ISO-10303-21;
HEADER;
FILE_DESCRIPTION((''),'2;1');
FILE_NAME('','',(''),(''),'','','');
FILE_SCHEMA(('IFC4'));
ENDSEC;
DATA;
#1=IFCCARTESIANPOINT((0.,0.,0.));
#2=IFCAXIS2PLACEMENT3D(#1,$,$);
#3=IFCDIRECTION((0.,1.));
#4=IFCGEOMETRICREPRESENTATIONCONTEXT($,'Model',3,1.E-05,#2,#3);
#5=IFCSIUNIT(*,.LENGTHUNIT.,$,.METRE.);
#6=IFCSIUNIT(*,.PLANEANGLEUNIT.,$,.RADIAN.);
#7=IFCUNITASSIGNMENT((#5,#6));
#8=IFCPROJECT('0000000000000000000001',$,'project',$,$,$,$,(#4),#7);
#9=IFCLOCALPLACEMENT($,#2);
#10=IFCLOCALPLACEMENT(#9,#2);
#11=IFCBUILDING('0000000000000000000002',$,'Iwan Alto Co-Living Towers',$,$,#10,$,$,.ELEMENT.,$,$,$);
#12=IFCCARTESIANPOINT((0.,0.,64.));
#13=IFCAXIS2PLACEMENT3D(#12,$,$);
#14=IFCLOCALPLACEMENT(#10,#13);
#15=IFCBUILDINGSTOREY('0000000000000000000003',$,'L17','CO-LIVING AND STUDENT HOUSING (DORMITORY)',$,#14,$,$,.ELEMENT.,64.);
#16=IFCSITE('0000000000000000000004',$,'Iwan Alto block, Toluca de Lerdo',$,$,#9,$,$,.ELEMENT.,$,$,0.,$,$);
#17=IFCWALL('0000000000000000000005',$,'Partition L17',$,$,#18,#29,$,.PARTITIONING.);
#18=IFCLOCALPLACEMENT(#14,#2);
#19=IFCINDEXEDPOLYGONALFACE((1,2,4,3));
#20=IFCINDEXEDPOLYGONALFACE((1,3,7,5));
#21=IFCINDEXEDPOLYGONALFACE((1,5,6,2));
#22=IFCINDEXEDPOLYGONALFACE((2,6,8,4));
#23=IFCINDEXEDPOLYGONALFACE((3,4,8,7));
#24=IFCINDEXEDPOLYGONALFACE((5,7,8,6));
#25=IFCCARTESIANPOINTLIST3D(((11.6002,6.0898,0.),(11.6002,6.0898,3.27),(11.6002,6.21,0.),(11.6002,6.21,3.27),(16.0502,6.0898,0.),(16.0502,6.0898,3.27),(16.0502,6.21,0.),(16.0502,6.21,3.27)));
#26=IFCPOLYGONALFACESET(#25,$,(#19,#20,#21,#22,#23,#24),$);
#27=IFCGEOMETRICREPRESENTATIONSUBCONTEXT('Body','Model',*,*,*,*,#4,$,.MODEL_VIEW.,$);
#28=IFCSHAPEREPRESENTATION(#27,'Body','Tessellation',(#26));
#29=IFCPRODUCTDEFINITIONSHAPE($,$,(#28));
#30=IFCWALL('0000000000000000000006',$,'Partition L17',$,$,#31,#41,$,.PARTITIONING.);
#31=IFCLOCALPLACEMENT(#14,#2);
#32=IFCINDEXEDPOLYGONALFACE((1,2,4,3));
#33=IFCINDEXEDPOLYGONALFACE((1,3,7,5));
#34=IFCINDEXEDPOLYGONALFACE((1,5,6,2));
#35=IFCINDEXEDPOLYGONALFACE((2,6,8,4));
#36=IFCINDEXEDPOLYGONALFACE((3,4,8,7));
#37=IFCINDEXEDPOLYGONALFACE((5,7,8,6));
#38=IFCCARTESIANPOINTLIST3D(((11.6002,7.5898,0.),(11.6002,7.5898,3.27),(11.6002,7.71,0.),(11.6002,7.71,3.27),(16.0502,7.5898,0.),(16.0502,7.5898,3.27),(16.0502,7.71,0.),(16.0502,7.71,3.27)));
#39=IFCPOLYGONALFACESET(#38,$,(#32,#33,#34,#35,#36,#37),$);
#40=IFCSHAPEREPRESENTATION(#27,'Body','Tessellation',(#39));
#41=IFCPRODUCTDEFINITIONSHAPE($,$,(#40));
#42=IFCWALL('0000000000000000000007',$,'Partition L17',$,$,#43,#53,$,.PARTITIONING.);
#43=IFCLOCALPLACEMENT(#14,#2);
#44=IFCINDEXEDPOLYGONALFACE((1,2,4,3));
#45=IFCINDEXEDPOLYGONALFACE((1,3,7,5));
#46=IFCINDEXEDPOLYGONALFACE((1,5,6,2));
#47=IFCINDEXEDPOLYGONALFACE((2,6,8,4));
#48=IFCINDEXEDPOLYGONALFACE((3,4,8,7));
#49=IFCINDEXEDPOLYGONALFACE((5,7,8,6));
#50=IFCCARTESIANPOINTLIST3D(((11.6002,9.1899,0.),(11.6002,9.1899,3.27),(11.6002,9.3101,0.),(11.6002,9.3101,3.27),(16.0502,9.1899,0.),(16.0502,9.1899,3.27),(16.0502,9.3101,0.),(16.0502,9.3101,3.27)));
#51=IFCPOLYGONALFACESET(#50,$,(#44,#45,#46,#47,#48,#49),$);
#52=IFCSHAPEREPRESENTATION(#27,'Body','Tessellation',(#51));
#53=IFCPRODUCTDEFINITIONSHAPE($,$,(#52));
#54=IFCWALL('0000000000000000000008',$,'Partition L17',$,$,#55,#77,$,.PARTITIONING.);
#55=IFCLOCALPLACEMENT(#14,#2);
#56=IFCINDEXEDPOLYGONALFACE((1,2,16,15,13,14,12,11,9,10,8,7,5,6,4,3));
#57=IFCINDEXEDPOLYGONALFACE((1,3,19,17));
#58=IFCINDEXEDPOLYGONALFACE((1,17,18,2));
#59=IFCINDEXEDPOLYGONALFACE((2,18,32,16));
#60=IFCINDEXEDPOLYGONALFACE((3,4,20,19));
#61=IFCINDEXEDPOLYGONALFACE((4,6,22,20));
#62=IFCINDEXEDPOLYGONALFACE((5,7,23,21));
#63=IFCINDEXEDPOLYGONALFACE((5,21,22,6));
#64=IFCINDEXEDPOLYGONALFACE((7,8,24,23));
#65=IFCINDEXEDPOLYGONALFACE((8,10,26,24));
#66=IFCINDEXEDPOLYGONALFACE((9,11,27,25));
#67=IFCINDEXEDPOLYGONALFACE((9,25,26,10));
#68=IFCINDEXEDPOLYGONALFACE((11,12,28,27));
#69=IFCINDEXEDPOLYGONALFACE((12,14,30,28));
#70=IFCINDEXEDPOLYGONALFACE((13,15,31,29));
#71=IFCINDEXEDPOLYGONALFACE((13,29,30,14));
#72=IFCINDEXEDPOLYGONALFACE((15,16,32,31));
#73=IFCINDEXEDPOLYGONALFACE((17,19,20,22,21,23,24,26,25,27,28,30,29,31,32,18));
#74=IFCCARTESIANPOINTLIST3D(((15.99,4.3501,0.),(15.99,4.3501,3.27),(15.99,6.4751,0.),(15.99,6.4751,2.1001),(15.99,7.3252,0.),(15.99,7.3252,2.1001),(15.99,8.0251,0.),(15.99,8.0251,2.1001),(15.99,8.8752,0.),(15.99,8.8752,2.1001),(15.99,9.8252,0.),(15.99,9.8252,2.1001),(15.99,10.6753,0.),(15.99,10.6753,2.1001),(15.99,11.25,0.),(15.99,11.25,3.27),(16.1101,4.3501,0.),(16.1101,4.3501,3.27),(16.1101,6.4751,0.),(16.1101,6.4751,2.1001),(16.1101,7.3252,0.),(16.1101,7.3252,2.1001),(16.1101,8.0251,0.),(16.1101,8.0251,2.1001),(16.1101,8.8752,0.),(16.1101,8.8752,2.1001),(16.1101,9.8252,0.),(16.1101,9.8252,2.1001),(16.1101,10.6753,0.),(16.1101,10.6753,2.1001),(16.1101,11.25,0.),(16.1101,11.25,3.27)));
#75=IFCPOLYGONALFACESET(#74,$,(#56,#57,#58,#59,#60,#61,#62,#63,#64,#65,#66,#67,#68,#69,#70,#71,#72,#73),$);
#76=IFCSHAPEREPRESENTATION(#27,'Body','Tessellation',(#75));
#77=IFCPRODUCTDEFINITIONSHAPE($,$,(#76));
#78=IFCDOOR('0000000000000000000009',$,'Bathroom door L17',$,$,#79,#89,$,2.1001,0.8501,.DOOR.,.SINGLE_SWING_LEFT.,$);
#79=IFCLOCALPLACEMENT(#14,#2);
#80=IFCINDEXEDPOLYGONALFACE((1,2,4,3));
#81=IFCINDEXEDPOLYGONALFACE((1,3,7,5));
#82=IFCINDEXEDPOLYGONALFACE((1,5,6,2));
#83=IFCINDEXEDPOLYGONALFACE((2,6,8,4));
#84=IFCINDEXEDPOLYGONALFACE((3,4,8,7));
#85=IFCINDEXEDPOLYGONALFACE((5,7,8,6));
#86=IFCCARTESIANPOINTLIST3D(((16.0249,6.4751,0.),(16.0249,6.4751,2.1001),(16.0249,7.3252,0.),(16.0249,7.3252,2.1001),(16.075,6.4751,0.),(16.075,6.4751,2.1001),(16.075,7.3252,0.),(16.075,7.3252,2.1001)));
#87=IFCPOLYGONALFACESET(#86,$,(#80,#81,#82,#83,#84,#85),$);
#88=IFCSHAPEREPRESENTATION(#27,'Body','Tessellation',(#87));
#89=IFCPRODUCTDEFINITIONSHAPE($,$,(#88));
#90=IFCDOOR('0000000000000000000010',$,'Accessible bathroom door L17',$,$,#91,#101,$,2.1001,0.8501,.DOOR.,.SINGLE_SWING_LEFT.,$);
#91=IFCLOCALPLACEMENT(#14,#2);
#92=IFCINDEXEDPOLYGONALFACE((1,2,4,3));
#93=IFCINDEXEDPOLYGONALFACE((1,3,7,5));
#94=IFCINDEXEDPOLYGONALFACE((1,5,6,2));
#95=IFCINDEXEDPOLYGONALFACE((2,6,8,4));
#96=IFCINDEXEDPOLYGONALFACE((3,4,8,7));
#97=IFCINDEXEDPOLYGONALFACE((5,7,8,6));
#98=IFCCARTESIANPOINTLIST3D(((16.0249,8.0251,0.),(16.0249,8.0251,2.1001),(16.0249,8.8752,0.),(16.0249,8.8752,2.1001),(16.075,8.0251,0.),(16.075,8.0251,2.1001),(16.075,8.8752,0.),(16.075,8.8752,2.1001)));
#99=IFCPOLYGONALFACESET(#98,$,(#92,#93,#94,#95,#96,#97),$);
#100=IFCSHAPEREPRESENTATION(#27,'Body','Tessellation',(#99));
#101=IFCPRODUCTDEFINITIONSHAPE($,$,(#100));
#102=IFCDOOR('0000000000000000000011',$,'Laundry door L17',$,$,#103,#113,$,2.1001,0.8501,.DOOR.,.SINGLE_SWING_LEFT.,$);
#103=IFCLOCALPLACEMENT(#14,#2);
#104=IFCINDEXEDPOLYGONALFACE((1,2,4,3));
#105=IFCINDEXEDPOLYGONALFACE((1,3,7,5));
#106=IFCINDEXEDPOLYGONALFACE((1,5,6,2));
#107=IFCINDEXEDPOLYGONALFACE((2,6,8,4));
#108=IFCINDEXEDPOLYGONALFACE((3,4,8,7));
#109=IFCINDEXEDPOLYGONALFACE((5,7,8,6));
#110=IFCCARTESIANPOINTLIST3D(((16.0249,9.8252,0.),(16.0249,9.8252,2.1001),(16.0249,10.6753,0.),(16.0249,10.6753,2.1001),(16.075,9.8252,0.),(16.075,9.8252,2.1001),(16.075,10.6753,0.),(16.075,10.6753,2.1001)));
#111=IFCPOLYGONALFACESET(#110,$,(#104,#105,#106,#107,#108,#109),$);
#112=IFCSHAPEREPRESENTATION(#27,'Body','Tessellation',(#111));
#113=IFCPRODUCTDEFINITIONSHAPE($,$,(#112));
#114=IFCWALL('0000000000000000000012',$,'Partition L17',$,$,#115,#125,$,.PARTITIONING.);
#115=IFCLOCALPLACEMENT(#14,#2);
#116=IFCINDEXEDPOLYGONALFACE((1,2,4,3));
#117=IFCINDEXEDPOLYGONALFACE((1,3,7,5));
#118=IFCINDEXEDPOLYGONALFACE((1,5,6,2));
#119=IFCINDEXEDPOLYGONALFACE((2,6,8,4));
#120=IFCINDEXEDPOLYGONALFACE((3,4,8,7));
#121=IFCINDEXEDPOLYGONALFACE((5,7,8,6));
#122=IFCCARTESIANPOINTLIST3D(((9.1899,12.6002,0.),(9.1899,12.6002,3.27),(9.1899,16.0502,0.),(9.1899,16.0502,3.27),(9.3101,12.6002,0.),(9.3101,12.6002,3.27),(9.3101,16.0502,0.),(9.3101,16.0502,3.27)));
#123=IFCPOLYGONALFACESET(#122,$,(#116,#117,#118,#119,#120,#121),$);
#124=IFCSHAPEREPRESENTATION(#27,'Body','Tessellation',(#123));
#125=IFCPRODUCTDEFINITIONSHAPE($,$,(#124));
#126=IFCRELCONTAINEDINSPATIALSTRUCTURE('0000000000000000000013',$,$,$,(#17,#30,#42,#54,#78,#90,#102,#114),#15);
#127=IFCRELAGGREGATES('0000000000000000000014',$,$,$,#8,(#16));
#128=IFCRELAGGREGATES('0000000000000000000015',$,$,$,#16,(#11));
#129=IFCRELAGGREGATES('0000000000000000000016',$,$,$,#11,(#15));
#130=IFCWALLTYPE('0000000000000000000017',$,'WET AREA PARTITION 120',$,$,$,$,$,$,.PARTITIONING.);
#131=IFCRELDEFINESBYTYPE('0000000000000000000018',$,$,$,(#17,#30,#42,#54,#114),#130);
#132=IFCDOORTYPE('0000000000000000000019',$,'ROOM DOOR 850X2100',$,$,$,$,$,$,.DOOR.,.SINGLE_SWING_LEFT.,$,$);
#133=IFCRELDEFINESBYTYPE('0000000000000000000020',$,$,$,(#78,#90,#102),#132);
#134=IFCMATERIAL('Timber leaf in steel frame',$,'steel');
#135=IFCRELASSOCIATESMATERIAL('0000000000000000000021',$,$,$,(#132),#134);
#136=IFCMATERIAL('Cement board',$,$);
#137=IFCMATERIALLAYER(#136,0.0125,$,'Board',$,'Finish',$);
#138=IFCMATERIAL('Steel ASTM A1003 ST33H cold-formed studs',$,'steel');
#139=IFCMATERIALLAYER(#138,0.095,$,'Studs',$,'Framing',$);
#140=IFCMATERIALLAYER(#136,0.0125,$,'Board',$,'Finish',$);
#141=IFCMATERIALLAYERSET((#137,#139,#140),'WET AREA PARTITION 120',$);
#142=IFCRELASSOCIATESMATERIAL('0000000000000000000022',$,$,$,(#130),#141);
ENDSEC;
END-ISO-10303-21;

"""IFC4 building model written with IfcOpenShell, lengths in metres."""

from ifc_helpers import new_model, si_unit, direction, frame, frame_2d, origin, place, context, subcontext, project, spatial, rectangle, extrude, material, layer, layer_set, type_object, element, fill, save


model = new_model("IFC4")

# Units and contexts
model_context = context("Model", 3, precision=1e-05, world=origin(), true_north=direction((0.0, 1.0)))
body_context = subcontext(model_context, "Body", "Model", "MODEL_VIEW")
ifc_project = project(units=[si_unit("LENGTHUNIT", "METRE"), si_unit("PLANEANGLEUNIT", "RADIAN")], contexts=[model_context])

# Site, building, storey
site_placement = place(None, origin())
site = spatial("IfcSite", under=ifc_project, at=site_placement, Name="Iwan Alto block, Toluca de Lerdo", CompositionType="ELEMENT", RefElevation=0.0)
building_placement = place(site_placement, origin())
building = spatial("IfcBuilding", under=site, at=building_placement, Name="Iwan Alto Co-Living Towers", CompositionType="ELEMENT")
storey_placement = place(building_placement, frame((0.0, 0.0, 64.0)))
storey = spatial("IfcBuildingStorey", under=building, at=storey_placement, Name="L17", Description="CO-LIVING AND STUDENT HOUSING (DORMITORY)", CompositionType="ELEMENT", Elevation=64.0)

# Shared definitions
ifc_material_1 = material(Name="Steel ASTM A1003 ST33H cold-formed studs", Category="steel")

# Shared definitions
ifc_material_2 = material(Name="Timber leaf in steel frame", Category="steel")
door_type = type_object("IfcDoorType", Name="ROOM DOOR 850X2100", OperationType="SINGLE_SWING_LEFT", PredefinedType="DOOR", material=ifc_material_2)

# Walls
ifc_material_3 = material(Name="Cement board")
ifc_layer_1 = layer(ifc_material_3, 0.0125, Name="Board", Category="Finish")
ifc_layer_2 = layer(ifc_material_1, 0.095, Name="Studs", Category="Framing")
ifc_layer_3 = layer(ifc_material_3, 0.0125, Name="Board", Category="Finish")
ifc_layer_set_1 = layer_set([ifc_layer_1, ifc_layer_2, ifc_layer_3], Name="WET AREA PARTITION 120")
wall_type_1 = type_object("IfcWallType", Name="WET AREA PARTITION 120", PredefinedType="PARTITIONING", material=ifc_layer_set_1)
for number, where, z_axis, x_axis, name in (
    (1, (11.6001, 6.1499, 0.0), (0.0, 0.0, 1.0), (1.0, 0.0, 0.0), "Partition L17"),
    (2, (11.6001, 7.6499, 0.0), (0.0, 0.0, 1.0), (1.0, 0.0, 0.0), "Partition L17"),
    (3, (11.6001, 9.25, 0.0), (0.0, 0.0, 1.0), (1.0, 0.0, 0.0), "Partition L17"),
):
    element("IfcWall", number, at=place(storey_placement, frame(where, z_axis=z_axis, x_axis=x_axis)), inside=storey, type_object=wall_type_1, Name=name, PredefinedType="PARTITIONING", context=body_context, shape_type="SweptSolid", body=[
        extrude(rectangle(XDim=4.45, YDim=0.1201, at=frame_2d((2.2251, 0.0))), origin(), (0.0, 0.0, 1.0), 3.27),
    ])

# Wall, openings, doors
wall_1_placement = place(storey_placement, frame((16.05, 4.3501, 0.0), z_axis=(0.0, 0.0, 1.0), x_axis=(0.0, 1.0, 0.0)))
wall_1 = element("IfcWall", 4, at=wall_1_placement, inside=storey, type_object=wall_type_1, Name="Partition L17", PredefinedType="PARTITIONING", context=body_context, shape_type="SweptSolid", body=[
    extrude(rectangle(XDim=6.8999, YDim=0.1201, at=frame_2d((3.45, 0.0))), origin(), (0.0, 0.0, 1.0), 3.27),
])
opening_1_placement = place(wall_1_placement, frame((2.125, 0.0, 0.0)))
opening_1 = element("IfcOpeningElement", 5, at=opening_1_placement, cuts=wall_1, PredefinedType="OPENING", context=body_context, shape_type="SweptSolid", body=[
    extrude(rectangle(XDim=0.8501, YDim=2.1001, at=frame_2d((0.425, 1.05))), frame((0.0, 0.0701, 0.0), z_axis=(0.0, -1.0, 0.0), x_axis=(1.0, 0.0, 0.0)), (0.0, 0.0, 1.0), 0.1401),
])
opening_2_placement = place(wall_1_placement, frame((3.675, 0.0, 0.0)))
opening_2 = element("IfcOpeningElement", 6, at=opening_2_placement, cuts=wall_1, PredefinedType="OPENING", context=body_context, shape_type="SweptSolid", body=[
    extrude(rectangle(XDim=0.8501, YDim=2.1001, at=frame_2d((0.425, 1.05))), frame((0.0, 0.0701, 0.0), z_axis=(0.0, -1.0, 0.0), x_axis=(1.0, 0.0, 0.0)), (0.0, 0.0, 1.0), 0.1401),
])
opening_3_placement = place(wall_1_placement, frame((5.4751, 0.0, 0.0)))
opening_3 = element("IfcOpeningElement", 7, at=opening_3_placement, cuts=wall_1, PredefinedType="OPENING", context=body_context, shape_type="SweptSolid", body=[
    extrude(rectangle(XDim=0.8501, YDim=2.1001, at=frame_2d((0.425, 1.05))), frame((0.0, 0.0701, 0.0), z_axis=(0.0, -1.0, 0.0), x_axis=(1.0, 0.0, 0.0)), (0.0, 0.0, 1.0), 0.1401),
])
door_1_placement = place(opening_1_placement, frame((0.8501, 0.0, 0.0), z_axis=(0.0, 0.0, 1.0), x_axis=(-1.0, 0.0, 0.0)))
door_1 = element("IfcDoor", 8, at=door_1_placement, inside=storey, type_object=door_type, Name="Bathroom door L17", OperationType="SINGLE_SWING_LEFT", OverallHeight=2.1001, OverallWidth=0.8501, PredefinedType="DOOR", context=body_context, shape_type="SweptSolid", body=[
    extrude(rectangle(XDim=0.8501, YDim=2.1001, at=frame_2d((0.425, 1.05))), frame((0.0, 0.0249, 0.0), z_axis=(0.0, -1.0, 0.0), x_axis=(1.0, 0.0, 0.0)), (0.0, 0.0, 1.0), 0.05),
])
fill(opening_1, door_1)
door_2_placement = place(opening_2_placement, frame((0.8501, 0.0, 0.0), z_axis=(0.0, 0.0, 1.0), x_axis=(-1.0, 0.0, 0.0)))
door_2 = element("IfcDoor", 9, at=door_2_placement, inside=storey, type_object=door_type, Name="Accessible bathroom door L17", OperationType="SINGLE_SWING_LEFT", OverallHeight=2.1001, OverallWidth=0.8501, PredefinedType="DOOR", context=body_context, shape_type="SweptSolid", body=[
    extrude(rectangle(XDim=0.8501, YDim=2.1001, at=frame_2d((0.425, 1.05))), frame((0.0, 0.0249, 0.0), z_axis=(0.0, -1.0, 0.0), x_axis=(1.0, 0.0, 0.0)), (0.0, 0.0, 1.0), 0.05),
])
fill(opening_2, door_2)
door_3_placement = place(opening_3_placement, frame((0.8501, 0.0, 0.0), z_axis=(0.0, 0.0, 1.0), x_axis=(-1.0, 0.0, 0.0)))
door_3 = element("IfcDoor", 10, at=door_3_placement, inside=storey, type_object=door_type, Name="Laundry door L17", OperationType="SINGLE_SWING_LEFT", OverallHeight=2.1001, OverallWidth=0.8501, PredefinedType="DOOR", context=body_context, shape_type="SweptSolid", body=[
    extrude(rectangle(XDim=0.8501, YDim=2.1001, at=frame_2d((0.425, 1.05))), frame((0.0, 0.0249, 0.0), z_axis=(0.0, -1.0, 0.0), x_axis=(1.0, 0.0, 0.0)), (0.0, 0.0, 1.0), 0.05),
])
fill(opening_3, door_3)

# Wall
wall_2_placement = place(storey_placement, frame((9.25, 12.6001, 0.0), z_axis=(0.0, 0.0, 1.0), x_axis=(0.0, 1.0, 0.0)))
element("IfcWall", 11, at=wall_2_placement, inside=storey, type_object=wall_type_1, Name="Partition L17", PredefinedType="PARTITIONING", context=body_context, shape_type="SweptSolid", body=[
    extrude(rectangle(XDim=3.45, YDim=0.1201, at=frame_2d((1.7251, 0.0))), origin(), (0.0, 0.0, 1.0), 3.27),
])

save(model, "model.ifc")
